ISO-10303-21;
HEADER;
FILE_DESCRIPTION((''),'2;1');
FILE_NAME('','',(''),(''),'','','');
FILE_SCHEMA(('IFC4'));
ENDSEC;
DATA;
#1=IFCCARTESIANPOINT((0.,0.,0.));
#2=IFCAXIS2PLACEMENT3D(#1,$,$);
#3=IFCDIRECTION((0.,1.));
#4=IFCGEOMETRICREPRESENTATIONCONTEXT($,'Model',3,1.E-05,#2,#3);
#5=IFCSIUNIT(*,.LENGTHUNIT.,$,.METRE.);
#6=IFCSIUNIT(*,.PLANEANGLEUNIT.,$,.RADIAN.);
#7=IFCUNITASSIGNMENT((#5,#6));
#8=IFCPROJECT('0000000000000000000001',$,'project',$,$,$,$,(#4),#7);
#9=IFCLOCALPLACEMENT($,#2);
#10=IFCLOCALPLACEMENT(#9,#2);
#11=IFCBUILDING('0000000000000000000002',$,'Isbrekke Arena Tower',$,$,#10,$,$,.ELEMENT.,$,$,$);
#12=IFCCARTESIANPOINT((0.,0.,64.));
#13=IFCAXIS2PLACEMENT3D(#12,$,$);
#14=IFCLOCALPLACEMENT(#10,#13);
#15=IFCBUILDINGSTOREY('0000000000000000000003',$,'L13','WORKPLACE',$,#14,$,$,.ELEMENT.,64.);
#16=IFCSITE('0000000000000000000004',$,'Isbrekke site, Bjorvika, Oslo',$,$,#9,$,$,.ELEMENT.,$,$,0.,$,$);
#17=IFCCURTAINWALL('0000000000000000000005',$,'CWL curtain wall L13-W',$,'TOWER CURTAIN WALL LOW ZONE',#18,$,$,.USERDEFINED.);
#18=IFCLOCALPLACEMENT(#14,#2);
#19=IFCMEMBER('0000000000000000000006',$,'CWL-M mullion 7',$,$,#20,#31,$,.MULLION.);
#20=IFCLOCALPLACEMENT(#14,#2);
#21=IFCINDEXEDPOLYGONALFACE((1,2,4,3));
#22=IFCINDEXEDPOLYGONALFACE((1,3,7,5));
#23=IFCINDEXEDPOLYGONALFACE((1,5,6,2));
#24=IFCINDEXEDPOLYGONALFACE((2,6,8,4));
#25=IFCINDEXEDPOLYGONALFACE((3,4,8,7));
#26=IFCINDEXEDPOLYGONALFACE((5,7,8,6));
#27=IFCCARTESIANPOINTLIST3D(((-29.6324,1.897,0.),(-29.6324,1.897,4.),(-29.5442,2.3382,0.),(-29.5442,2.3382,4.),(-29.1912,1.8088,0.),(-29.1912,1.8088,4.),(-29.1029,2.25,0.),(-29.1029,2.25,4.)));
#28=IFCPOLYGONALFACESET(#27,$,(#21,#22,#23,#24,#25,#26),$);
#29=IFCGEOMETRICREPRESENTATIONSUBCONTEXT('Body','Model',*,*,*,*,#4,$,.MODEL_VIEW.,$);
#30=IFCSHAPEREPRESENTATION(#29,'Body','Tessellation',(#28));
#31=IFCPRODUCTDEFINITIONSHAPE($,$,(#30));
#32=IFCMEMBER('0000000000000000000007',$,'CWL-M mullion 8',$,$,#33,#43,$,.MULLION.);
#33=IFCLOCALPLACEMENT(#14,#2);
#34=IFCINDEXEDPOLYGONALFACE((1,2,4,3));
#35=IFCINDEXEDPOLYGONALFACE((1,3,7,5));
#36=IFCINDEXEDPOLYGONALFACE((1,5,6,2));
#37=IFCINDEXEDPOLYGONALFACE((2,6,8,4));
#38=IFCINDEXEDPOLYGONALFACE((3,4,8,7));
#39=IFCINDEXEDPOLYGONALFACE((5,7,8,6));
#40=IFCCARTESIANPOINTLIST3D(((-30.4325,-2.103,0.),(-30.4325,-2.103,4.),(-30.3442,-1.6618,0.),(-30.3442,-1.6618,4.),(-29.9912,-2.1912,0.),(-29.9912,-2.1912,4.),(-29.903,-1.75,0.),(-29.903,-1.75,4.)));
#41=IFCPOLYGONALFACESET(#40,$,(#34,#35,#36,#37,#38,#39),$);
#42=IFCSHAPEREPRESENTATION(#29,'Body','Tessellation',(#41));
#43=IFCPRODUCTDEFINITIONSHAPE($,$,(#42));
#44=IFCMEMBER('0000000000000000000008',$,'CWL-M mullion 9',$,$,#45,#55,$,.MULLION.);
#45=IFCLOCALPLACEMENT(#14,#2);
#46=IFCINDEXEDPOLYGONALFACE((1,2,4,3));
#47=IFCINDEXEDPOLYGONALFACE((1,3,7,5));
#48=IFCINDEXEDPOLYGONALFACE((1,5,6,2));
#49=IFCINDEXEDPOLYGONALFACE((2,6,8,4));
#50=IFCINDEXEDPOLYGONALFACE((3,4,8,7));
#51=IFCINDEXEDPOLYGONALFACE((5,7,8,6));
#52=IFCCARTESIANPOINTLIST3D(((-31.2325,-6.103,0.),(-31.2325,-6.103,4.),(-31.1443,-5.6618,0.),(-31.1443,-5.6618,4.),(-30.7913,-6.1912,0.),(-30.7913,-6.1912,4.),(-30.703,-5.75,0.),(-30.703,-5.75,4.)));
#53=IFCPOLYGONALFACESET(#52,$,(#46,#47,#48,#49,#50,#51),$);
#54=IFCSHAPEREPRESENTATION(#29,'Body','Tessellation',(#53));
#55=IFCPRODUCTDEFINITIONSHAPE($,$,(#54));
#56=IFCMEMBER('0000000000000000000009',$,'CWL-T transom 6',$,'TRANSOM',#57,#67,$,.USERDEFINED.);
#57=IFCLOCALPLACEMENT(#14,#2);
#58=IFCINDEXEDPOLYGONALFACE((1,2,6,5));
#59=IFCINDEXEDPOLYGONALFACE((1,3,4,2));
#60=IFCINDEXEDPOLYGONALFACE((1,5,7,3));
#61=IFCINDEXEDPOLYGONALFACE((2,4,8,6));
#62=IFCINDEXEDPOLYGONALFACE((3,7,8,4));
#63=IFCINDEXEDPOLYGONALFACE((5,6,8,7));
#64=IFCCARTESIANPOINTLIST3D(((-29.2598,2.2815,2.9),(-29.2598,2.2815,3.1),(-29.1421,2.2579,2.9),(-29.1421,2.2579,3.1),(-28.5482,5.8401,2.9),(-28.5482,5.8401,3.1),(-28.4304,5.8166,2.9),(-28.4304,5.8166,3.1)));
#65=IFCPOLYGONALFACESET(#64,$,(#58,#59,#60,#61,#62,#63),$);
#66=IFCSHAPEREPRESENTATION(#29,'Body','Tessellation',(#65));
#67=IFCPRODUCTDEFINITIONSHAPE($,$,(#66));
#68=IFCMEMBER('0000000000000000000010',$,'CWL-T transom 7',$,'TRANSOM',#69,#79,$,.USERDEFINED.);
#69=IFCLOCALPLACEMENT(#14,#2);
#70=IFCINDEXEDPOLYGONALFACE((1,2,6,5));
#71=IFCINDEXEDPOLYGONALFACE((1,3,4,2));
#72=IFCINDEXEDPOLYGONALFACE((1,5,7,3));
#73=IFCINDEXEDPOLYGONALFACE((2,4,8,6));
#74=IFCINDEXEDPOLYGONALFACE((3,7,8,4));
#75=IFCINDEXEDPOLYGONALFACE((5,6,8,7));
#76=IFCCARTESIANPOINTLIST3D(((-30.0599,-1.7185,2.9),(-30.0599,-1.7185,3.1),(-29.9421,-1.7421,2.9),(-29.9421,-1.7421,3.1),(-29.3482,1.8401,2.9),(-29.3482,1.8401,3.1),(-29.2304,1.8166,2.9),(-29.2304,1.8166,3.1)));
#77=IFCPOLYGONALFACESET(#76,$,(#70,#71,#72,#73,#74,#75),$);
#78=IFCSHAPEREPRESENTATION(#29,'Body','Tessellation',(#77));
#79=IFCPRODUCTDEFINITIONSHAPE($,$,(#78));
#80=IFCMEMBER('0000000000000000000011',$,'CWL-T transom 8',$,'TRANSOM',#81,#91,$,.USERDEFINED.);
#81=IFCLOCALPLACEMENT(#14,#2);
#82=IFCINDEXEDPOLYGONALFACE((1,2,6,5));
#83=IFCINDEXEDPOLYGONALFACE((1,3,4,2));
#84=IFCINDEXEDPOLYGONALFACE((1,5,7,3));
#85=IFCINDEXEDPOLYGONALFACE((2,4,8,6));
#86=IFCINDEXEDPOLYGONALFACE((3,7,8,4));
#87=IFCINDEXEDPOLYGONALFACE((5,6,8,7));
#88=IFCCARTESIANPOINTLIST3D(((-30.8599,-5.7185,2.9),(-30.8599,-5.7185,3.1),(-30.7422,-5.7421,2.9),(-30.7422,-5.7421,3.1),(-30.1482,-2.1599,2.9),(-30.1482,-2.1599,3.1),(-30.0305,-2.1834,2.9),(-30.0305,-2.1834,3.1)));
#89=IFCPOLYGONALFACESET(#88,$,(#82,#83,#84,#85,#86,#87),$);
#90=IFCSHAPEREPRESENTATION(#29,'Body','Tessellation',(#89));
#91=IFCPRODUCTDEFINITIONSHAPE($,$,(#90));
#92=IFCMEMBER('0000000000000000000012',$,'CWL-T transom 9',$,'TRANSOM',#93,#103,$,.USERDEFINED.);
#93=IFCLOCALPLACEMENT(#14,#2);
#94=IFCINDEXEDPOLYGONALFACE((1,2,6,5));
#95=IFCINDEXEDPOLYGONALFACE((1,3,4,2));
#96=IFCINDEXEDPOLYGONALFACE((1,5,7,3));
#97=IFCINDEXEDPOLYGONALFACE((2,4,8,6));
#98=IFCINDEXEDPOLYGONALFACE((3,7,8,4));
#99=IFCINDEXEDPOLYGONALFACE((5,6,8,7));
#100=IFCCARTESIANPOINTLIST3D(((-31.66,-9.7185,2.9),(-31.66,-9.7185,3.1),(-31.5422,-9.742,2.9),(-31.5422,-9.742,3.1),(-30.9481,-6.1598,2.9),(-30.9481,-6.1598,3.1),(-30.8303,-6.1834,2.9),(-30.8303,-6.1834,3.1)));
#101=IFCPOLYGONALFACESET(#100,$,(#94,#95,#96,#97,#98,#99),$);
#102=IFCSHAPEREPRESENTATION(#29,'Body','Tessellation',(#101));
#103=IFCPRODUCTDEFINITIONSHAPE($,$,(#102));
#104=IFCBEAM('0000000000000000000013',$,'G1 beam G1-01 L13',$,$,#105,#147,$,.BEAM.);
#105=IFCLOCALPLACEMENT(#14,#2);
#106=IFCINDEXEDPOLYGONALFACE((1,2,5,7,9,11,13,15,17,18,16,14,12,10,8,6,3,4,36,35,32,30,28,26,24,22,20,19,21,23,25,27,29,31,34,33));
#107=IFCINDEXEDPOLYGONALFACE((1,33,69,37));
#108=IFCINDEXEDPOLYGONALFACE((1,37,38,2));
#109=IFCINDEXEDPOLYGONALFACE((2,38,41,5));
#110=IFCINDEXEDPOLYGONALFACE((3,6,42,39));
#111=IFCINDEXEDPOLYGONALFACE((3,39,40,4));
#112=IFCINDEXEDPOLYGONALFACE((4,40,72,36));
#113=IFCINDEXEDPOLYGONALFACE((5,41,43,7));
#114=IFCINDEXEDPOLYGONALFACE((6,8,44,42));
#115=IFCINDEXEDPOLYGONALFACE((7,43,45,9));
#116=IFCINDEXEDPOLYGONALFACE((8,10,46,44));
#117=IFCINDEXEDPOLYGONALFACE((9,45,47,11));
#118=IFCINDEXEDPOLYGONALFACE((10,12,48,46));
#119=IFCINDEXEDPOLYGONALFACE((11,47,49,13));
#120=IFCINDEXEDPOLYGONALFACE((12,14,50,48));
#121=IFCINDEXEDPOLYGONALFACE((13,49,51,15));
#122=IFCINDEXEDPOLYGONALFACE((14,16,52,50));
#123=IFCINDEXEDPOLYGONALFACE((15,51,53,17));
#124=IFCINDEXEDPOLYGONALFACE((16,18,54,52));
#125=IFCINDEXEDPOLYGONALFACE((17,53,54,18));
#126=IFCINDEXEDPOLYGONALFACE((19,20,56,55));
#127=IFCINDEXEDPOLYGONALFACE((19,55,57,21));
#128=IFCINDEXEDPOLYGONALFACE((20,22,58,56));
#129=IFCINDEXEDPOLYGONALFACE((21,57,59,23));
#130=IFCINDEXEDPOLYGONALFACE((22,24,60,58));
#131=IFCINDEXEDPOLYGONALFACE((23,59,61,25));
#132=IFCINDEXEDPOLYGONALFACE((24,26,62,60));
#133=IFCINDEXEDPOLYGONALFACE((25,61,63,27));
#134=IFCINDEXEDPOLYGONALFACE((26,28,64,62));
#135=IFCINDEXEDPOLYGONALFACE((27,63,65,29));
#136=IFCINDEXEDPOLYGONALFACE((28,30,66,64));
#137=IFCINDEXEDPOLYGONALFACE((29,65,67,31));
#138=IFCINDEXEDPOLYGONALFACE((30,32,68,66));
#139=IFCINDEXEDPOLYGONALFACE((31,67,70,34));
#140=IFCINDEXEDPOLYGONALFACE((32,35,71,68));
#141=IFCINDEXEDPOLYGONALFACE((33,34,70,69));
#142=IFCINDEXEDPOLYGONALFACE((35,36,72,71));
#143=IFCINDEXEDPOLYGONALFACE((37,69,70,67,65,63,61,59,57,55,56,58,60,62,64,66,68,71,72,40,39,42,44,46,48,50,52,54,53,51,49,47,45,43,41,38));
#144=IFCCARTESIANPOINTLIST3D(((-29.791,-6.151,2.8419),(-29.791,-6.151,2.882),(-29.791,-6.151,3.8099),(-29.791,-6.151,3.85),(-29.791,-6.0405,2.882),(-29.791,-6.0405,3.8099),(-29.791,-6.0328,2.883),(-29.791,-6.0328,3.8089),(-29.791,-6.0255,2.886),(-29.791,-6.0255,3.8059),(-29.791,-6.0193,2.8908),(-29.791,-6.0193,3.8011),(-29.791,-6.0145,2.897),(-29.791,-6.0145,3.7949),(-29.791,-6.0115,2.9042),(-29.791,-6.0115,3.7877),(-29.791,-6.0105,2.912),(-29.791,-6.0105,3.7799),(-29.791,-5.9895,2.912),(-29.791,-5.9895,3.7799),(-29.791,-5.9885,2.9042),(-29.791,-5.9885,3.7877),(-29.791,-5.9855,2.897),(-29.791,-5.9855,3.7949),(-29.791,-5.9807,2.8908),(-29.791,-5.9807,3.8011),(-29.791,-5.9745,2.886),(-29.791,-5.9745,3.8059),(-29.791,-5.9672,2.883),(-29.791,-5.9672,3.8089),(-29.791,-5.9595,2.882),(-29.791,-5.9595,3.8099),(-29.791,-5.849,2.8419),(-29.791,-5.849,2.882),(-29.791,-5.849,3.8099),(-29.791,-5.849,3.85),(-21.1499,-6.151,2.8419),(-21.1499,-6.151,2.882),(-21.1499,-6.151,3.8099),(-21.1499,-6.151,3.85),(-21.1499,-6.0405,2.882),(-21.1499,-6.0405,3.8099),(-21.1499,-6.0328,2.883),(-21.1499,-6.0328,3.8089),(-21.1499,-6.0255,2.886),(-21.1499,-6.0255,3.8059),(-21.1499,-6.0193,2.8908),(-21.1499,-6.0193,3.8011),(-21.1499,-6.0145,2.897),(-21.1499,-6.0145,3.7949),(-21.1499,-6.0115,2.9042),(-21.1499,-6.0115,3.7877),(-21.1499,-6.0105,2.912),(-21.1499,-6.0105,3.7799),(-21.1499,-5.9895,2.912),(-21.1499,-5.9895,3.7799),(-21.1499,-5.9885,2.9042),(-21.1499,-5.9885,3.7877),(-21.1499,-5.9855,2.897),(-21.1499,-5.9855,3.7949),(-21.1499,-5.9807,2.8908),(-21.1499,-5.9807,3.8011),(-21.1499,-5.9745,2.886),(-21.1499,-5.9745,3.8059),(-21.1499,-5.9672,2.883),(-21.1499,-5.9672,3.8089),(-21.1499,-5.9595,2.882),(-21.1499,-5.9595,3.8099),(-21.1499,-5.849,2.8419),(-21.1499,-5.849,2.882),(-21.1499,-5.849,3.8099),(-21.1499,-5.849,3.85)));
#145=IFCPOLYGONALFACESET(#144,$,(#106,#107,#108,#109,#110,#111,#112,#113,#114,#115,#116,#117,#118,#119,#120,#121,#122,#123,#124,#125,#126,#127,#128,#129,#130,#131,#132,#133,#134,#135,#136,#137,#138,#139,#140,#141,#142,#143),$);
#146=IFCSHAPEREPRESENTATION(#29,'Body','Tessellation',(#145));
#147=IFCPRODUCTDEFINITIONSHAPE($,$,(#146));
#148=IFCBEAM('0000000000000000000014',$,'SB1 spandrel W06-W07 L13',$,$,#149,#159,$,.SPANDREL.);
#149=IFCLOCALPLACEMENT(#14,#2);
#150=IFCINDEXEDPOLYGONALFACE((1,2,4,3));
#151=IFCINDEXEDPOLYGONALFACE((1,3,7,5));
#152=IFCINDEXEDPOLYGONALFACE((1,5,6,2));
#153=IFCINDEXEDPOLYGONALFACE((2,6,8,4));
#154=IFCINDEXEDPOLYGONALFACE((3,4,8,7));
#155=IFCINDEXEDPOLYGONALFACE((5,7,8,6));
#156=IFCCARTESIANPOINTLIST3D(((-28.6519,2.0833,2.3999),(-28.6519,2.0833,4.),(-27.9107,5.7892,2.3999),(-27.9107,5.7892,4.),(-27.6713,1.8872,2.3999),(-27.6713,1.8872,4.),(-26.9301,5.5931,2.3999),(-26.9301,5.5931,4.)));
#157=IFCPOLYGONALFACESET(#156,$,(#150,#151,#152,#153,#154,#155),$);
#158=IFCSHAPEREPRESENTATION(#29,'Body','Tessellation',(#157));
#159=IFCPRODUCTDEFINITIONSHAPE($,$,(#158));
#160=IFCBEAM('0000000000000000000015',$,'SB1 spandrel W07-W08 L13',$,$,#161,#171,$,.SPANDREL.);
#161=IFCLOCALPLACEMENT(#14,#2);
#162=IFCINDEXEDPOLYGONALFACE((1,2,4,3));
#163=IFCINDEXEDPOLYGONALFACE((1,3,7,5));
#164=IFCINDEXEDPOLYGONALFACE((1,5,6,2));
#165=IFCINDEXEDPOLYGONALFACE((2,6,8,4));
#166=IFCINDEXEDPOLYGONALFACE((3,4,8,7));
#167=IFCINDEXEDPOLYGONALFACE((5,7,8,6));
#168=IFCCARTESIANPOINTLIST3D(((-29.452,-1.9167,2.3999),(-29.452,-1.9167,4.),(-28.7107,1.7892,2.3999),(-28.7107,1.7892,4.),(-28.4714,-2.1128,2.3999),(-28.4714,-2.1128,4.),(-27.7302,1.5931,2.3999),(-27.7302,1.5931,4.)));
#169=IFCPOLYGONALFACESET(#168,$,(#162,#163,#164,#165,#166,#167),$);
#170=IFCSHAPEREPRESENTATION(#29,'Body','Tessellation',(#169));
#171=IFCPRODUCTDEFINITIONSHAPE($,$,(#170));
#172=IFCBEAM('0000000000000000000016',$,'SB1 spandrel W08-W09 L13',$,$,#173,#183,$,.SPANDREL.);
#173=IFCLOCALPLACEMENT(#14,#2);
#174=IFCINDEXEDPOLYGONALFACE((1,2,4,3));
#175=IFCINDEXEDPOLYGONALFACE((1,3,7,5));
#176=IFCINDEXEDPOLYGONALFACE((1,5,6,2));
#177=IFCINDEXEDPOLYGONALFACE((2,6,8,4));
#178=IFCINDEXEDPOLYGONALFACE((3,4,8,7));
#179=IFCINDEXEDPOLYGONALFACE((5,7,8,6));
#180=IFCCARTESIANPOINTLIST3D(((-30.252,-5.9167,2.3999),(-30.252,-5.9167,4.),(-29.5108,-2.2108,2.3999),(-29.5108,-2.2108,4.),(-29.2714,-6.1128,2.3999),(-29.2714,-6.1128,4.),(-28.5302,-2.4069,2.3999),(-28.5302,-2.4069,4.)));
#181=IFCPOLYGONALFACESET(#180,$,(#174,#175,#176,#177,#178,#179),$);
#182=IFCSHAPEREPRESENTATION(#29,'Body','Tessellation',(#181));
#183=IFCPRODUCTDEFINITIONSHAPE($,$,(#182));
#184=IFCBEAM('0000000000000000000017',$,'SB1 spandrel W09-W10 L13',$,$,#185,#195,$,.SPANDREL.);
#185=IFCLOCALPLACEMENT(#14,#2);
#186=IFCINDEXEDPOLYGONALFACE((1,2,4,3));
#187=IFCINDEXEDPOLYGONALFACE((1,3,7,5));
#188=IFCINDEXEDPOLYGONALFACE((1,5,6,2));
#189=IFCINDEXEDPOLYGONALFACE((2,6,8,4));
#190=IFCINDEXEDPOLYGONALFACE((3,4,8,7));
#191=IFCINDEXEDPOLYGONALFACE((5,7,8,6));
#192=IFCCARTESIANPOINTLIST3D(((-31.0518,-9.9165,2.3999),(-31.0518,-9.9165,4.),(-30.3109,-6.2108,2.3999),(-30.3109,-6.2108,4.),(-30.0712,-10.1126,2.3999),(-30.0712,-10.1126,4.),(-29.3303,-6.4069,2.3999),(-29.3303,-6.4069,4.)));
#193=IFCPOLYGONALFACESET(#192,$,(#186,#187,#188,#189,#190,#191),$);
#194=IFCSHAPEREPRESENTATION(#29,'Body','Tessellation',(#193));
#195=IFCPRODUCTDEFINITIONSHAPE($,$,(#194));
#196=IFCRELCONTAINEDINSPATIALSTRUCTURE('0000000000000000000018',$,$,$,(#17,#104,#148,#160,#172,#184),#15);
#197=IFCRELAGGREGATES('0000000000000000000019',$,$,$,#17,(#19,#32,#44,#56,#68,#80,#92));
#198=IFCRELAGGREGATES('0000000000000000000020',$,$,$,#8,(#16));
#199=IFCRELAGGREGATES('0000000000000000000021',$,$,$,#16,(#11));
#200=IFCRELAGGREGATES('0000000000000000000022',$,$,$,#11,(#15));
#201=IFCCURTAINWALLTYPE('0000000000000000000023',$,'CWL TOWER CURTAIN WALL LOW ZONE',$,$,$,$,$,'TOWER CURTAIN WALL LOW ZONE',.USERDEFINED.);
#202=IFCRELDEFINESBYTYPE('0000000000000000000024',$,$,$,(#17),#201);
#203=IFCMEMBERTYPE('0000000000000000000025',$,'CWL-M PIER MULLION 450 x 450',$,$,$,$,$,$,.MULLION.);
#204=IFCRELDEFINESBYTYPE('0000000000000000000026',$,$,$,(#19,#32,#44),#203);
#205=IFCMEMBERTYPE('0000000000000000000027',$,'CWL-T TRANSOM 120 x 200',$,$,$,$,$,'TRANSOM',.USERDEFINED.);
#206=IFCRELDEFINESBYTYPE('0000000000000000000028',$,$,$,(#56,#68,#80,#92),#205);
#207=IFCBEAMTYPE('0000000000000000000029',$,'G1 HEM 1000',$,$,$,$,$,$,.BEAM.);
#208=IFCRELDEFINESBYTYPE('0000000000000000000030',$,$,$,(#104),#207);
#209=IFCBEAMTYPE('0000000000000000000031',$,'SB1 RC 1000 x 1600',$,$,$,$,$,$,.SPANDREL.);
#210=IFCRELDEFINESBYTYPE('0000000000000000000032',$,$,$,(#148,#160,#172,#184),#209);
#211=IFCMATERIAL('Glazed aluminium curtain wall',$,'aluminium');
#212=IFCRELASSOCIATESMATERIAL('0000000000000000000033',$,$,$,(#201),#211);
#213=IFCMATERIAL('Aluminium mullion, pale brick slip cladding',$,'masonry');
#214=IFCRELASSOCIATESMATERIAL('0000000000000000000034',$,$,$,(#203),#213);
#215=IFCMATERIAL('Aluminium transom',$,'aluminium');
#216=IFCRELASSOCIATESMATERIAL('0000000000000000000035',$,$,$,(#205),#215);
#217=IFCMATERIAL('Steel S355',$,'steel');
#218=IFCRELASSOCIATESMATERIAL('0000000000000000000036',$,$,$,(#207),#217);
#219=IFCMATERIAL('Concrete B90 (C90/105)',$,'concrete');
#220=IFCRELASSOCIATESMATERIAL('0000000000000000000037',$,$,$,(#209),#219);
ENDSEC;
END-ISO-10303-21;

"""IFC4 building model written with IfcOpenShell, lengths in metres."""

from ifc_helpers import new_model, si_unit, direction, frame, origin, origin_2d, place, context, subcontext, project, spatial, rectangle, i_section, extrude, material, material_profile, profile_set, type_object, element, aggregate, save


model = new_model("IFC4")

# Units and contexts
model_context = context("Model", 3, precision=1e-05, world=origin(), true_north=direction((0.0, 1.0)))
body_context = subcontext(model_context, "Body", "Model", "MODEL_VIEW")
ifc_project = project(units=[si_unit("LENGTHUNIT", "METRE"), si_unit("PLANEANGLEUNIT", "RADIAN")], contexts=[model_context])

# Site, building, storey
site_placement = place(None, origin())
site = spatial("IfcSite", under=ifc_project, at=site_placement, Name="Isbrekke site, Bjorvika, Oslo", CompositionType="ELEMENT", RefElevation=0.0)
building_placement = place(site_placement, origin())
building = spatial("IfcBuilding", under=site, at=building_placement, Name="Isbrekke Arena Tower", CompositionType="ELEMENT")
storey_placement = place(building_placement, frame((0.0, 0.0, 64.0)))
storey = spatial("IfcBuildingStorey", under=building, at=storey_placement, Name="L13", Description="WORKPLACE", CompositionType="ELEMENT", Elevation=64.0)

# Curtain wall, members
ifc_material_1 = material(Name="Glazed aluminium curtain wall", Category="aluminium")
curtain_wall_type = type_object("IfcCurtainWallType", Name="CWL TOWER CURTAIN WALL LOW ZONE", ElementType="TOWER CURTAIN WALL LOW ZONE", PredefinedType="USERDEFINED", material=ifc_material_1)
curtain_wall_placement = place(storey_placement, origin())
curtain_wall = element("IfcCurtainWall", 1, at=curtain_wall_placement, inside=storey, type_object=curtain_wall_type, Name="CWL curtain wall L13-W", ObjectType="TOWER CURTAIN WALL LOW ZONE", PredefinedType="USERDEFINED")
ifc_material_2 = material(Name="Aluminium mullion, pale brick slip cladding", Category="masonry")
ifc_material_profile_1 = material_profile(ifc_material_2, rectangle(XDim=0.45, YDim=0.45, at=origin_2d()), Name="PIER 450X450")
ifc_profile_set_1 = profile_set([ifc_material_profile_1], Name="Aluminium mullion, pale brick slip cladding")
member_type_1 = type_object("IfcMemberType", Name="CWL-M PIER MULLION 450 x 450", PredefinedType="MULLION", material=ifc_profile_set_1)
member_1_placement = place(storey_placement, frame((-29.3677, 2.0735, 0.0), z_axis=(0.0, 0.0, 1.0), x_axis=(-0.196116, -0.980581, 0.0)))
member_1 = element("IfcMember", 2, at=member_1_placement, type_object=member_type_1, Name="CWL-M mullion 7", PredefinedType="MULLION", context=body_context, shape_type="SweptSolid", body=[
    extrude(rectangle(XDim=0.45, YDim=0.45, at=origin_2d()), origin(), (0.0, 0.0, 1.0), 4.0),
])
member_2_placement = place(storey_placement, frame((-30.1677, -1.9265, 0.0), z_axis=(0.0, 0.0, 1.0), x_axis=(-0.196116, -0.980581, 0.0)))
member_2 = element("IfcMember", 3, at=member_2_placement, type_object=member_type_1, Name="CWL-M mullion 8", PredefinedType="MULLION", context=body_context, shape_type="SweptSolid", body=[
    extrude(rectangle(XDim=0.45, YDim=0.45, at=origin_2d()), origin(), (0.0, 0.0, 1.0), 4.0),
])
member_3_placement = place(storey_placement, frame((-30.9678, -5.9265, 0.0), z_axis=(0.0, 0.0, 1.0), x_axis=(-0.196116, -0.980581, 0.0)))
member_3 = element("IfcMember", 4, at=member_3_placement, type_object=member_type_1, Name="CWL-M mullion 9", PredefinedType="MULLION", context=body_context, shape_type="SweptSolid", body=[
    extrude(rectangle(XDim=0.45, YDim=0.45, at=origin_2d()), origin(), (0.0, 0.0, 1.0), 4.0),
])
ifc_material_3 = material(Name="Aluminium transom", Category="aluminium")
ifc_material_profile_2 = material_profile(ifc_material_3, rectangle(XDim=0.1201, YDim=0.2, at=origin_2d()), Name="TRANSOM 120X200")
ifc_profile_set_2 = profile_set([ifc_material_profile_2], Name="Aluminium transom")
member_type_2 = type_object("IfcMemberType", Name="CWL-T TRANSOM 120 x 200", ElementType="TRANSOM", PredefinedType="USERDEFINED", material=ifc_profile_set_2)
member_4_placement = place(storey_placement, frame((-28.4893, 5.8284, 3.0), z_axis=(-0.196103, -0.980583, 0.0), x_axis=(0.980583, -0.196103, 0.0)))
member_4 = element("IfcMember", 5, at=member_4_placement, type_object=member_type_2, Name="CWL-T transom 6", ObjectType="TRANSOM", PredefinedType="USERDEFINED", context=body_context, shape_type="SweptSolid", body=[
    extrude(rectangle(XDim=0.1201, YDim=0.2, at=origin_2d()), origin(), (0.0, 0.0, 1.0), 3.6292),
])
member_5_placement = place(storey_placement, frame((-29.2893, 1.8284, 3.0), z_axis=(-0.196103, -0.980583, 0.0), x_axis=(0.980583, -0.196103, 0.0)))
member_5 = element("IfcMember", 6, at=member_5_placement, type_object=member_type_2, Name="CWL-T transom 7", ObjectType="TRANSOM", PredefinedType="USERDEFINED", context=body_context, shape_type="SweptSolid", body=[
    extrude(rectangle(XDim=0.1201, YDim=0.2, at=origin_2d()), origin(), (0.0, 0.0, 1.0), 3.6292),
])
member_6_placement = place(storey_placement, frame((-30.0894, -2.1716, 3.0), z_axis=(-0.196103, -0.980583, 0.0), x_axis=(0.980583, -0.196103, 0.0)))
member_6 = element("IfcMember", 7, at=member_6_placement, type_object=member_type_2, Name="CWL-T transom 8", ObjectType="TRANSOM", PredefinedType="USERDEFINED", context=body_context, shape_type="SweptSolid", body=[
    extrude(rectangle(XDim=0.1201, YDim=0.2, at=origin_2d()), origin(), (0.0, 0.0, 1.0), 3.6292),
])
member_7_placement = place(storey_placement, frame((-30.8892, -6.1716, 3.0), z_axis=(-0.196168, -0.98057, 0.0), x_axis=(0.98057, -0.196168, 0.0)))
member_7 = element("IfcMember", 8, at=member_7_placement, type_object=member_type_2, Name="CWL-T transom 9", ObjectType="TRANSOM", PredefinedType="USERDEFINED", context=body_context, shape_type="SweptSolid", body=[
    extrude(rectangle(XDim=0.1201, YDim=0.2, at=origin_2d()), origin(), (0.0, 0.0, 1.0), 3.6292),
])

# Beams
ifc_material_4 = material(Name="Steel S355", Category="steel")
ifc_material_profile_3 = material_profile(ifc_material_4, i_section(OverallWidth=0.302, OverallDepth=1.0081, WebThickness=0.021, FlangeThickness=0.04, FilletRadius=0.03, at=origin_2d()), Name="HEM 1000")
ifc_profile_set_3 = profile_set([ifc_material_profile_3], Name="Steel S355")
beam_type_1 = type_object("IfcBeamType", Name="G1 HEM 1000", PredefinedType="BEAM", material=ifc_profile_set_3)
beam_1_placement = place(storey_placement, frame((-29.791, -6.0, 3.3459), z_axis=(1.0, 0.0, 0.0), x_axis=(0.0, 1.0, 0.0)))
element("IfcBeam", 9, at=beam_1_placement, inside=storey, type_object=beam_type_1, Name="G1 beam G1-01 L13", PredefinedType="BEAM", context=body_context, shape_type="SweptSolid", body=[
    extrude(i_section(OverallWidth=0.302, OverallDepth=1.0081, WebThickness=0.021, FlangeThickness=0.04, FilletRadius=0.03, at=origin_2d()), origin(), (0.0, 0.0, 1.0), 8.6411),
])
ifc_material_5 = material(Name="Concrete B90 (C90/105)", Category="concrete")
ifc_material_profile_4 = material_profile(ifc_material_5, rectangle(XDim=1.0, YDim=1.6001, at=origin_2d()), Name="RC 1000x1600")
ifc_profile_set_4 = profile_set([ifc_material_profile_4], Name="Concrete B90 (C90/105)")
beam_type_2 = type_object("IfcBeamType", Name="SB1 RC 1000 x 1600", PredefinedType="SPANDREL", material=ifc_profile_set_4)
for number, where, z_axis, x_axis, name in (
    (10, (-27.4204, 5.6912, 3.2), (-0.196129, -0.980578, 0.0), (0.980578, -0.196129, 0.0), "SB1 spandrel W06-W07 L13"),
    (11, (-28.2205, 1.6912, 3.2), (-0.196129, -0.980578, 0.0), (0.980578, -0.196129, 0.0), "SB1 spandrel W07-W08 L13"),
    (12, (-29.0205, -2.3088, 3.2), (-0.196129, -0.980578, 0.0), (0.980578, -0.196129, 0.0), "SB1 spandrel W08-W09 L13"),
):
    element("IfcBeam", number, at=place(storey_placement, frame(where, z_axis=z_axis, x_axis=x_axis)), inside=storey, type_object=beam_type_2, Name=name, PredefinedType="SPANDREL", context=body_context, shape_type="SweptSolid", body=[
        extrude(rectangle(XDim=1.0, YDim=1.6001, at=origin_2d()), origin(), (0.0, 0.0, 1.0), 3.7793),
    ])
beam_2_placement = place(storey_placement, frame((-29.8206, -6.3088, 3.2), z_axis=(-0.196066, -0.980591, 0.0), x_axis=(0.980591, -0.196066, 0.0)))
element("IfcBeam", 13, at=beam_2_placement, inside=storey, type_object=beam_type_2, Name="SB1 spandrel W09-W10 L13", PredefinedType="SPANDREL", context=body_context, shape_type="SweptSolid", body=[
    extrude(rectangle(XDim=1.0, YDim=1.6001, at=origin_2d()), origin(), (0.0, 0.0, 1.0), 3.7791),
])

aggregate(curtain_wall, [member_1, member_2, member_3, member_4, member_5, member_6, member_7])

save(model, "model.ifc")
